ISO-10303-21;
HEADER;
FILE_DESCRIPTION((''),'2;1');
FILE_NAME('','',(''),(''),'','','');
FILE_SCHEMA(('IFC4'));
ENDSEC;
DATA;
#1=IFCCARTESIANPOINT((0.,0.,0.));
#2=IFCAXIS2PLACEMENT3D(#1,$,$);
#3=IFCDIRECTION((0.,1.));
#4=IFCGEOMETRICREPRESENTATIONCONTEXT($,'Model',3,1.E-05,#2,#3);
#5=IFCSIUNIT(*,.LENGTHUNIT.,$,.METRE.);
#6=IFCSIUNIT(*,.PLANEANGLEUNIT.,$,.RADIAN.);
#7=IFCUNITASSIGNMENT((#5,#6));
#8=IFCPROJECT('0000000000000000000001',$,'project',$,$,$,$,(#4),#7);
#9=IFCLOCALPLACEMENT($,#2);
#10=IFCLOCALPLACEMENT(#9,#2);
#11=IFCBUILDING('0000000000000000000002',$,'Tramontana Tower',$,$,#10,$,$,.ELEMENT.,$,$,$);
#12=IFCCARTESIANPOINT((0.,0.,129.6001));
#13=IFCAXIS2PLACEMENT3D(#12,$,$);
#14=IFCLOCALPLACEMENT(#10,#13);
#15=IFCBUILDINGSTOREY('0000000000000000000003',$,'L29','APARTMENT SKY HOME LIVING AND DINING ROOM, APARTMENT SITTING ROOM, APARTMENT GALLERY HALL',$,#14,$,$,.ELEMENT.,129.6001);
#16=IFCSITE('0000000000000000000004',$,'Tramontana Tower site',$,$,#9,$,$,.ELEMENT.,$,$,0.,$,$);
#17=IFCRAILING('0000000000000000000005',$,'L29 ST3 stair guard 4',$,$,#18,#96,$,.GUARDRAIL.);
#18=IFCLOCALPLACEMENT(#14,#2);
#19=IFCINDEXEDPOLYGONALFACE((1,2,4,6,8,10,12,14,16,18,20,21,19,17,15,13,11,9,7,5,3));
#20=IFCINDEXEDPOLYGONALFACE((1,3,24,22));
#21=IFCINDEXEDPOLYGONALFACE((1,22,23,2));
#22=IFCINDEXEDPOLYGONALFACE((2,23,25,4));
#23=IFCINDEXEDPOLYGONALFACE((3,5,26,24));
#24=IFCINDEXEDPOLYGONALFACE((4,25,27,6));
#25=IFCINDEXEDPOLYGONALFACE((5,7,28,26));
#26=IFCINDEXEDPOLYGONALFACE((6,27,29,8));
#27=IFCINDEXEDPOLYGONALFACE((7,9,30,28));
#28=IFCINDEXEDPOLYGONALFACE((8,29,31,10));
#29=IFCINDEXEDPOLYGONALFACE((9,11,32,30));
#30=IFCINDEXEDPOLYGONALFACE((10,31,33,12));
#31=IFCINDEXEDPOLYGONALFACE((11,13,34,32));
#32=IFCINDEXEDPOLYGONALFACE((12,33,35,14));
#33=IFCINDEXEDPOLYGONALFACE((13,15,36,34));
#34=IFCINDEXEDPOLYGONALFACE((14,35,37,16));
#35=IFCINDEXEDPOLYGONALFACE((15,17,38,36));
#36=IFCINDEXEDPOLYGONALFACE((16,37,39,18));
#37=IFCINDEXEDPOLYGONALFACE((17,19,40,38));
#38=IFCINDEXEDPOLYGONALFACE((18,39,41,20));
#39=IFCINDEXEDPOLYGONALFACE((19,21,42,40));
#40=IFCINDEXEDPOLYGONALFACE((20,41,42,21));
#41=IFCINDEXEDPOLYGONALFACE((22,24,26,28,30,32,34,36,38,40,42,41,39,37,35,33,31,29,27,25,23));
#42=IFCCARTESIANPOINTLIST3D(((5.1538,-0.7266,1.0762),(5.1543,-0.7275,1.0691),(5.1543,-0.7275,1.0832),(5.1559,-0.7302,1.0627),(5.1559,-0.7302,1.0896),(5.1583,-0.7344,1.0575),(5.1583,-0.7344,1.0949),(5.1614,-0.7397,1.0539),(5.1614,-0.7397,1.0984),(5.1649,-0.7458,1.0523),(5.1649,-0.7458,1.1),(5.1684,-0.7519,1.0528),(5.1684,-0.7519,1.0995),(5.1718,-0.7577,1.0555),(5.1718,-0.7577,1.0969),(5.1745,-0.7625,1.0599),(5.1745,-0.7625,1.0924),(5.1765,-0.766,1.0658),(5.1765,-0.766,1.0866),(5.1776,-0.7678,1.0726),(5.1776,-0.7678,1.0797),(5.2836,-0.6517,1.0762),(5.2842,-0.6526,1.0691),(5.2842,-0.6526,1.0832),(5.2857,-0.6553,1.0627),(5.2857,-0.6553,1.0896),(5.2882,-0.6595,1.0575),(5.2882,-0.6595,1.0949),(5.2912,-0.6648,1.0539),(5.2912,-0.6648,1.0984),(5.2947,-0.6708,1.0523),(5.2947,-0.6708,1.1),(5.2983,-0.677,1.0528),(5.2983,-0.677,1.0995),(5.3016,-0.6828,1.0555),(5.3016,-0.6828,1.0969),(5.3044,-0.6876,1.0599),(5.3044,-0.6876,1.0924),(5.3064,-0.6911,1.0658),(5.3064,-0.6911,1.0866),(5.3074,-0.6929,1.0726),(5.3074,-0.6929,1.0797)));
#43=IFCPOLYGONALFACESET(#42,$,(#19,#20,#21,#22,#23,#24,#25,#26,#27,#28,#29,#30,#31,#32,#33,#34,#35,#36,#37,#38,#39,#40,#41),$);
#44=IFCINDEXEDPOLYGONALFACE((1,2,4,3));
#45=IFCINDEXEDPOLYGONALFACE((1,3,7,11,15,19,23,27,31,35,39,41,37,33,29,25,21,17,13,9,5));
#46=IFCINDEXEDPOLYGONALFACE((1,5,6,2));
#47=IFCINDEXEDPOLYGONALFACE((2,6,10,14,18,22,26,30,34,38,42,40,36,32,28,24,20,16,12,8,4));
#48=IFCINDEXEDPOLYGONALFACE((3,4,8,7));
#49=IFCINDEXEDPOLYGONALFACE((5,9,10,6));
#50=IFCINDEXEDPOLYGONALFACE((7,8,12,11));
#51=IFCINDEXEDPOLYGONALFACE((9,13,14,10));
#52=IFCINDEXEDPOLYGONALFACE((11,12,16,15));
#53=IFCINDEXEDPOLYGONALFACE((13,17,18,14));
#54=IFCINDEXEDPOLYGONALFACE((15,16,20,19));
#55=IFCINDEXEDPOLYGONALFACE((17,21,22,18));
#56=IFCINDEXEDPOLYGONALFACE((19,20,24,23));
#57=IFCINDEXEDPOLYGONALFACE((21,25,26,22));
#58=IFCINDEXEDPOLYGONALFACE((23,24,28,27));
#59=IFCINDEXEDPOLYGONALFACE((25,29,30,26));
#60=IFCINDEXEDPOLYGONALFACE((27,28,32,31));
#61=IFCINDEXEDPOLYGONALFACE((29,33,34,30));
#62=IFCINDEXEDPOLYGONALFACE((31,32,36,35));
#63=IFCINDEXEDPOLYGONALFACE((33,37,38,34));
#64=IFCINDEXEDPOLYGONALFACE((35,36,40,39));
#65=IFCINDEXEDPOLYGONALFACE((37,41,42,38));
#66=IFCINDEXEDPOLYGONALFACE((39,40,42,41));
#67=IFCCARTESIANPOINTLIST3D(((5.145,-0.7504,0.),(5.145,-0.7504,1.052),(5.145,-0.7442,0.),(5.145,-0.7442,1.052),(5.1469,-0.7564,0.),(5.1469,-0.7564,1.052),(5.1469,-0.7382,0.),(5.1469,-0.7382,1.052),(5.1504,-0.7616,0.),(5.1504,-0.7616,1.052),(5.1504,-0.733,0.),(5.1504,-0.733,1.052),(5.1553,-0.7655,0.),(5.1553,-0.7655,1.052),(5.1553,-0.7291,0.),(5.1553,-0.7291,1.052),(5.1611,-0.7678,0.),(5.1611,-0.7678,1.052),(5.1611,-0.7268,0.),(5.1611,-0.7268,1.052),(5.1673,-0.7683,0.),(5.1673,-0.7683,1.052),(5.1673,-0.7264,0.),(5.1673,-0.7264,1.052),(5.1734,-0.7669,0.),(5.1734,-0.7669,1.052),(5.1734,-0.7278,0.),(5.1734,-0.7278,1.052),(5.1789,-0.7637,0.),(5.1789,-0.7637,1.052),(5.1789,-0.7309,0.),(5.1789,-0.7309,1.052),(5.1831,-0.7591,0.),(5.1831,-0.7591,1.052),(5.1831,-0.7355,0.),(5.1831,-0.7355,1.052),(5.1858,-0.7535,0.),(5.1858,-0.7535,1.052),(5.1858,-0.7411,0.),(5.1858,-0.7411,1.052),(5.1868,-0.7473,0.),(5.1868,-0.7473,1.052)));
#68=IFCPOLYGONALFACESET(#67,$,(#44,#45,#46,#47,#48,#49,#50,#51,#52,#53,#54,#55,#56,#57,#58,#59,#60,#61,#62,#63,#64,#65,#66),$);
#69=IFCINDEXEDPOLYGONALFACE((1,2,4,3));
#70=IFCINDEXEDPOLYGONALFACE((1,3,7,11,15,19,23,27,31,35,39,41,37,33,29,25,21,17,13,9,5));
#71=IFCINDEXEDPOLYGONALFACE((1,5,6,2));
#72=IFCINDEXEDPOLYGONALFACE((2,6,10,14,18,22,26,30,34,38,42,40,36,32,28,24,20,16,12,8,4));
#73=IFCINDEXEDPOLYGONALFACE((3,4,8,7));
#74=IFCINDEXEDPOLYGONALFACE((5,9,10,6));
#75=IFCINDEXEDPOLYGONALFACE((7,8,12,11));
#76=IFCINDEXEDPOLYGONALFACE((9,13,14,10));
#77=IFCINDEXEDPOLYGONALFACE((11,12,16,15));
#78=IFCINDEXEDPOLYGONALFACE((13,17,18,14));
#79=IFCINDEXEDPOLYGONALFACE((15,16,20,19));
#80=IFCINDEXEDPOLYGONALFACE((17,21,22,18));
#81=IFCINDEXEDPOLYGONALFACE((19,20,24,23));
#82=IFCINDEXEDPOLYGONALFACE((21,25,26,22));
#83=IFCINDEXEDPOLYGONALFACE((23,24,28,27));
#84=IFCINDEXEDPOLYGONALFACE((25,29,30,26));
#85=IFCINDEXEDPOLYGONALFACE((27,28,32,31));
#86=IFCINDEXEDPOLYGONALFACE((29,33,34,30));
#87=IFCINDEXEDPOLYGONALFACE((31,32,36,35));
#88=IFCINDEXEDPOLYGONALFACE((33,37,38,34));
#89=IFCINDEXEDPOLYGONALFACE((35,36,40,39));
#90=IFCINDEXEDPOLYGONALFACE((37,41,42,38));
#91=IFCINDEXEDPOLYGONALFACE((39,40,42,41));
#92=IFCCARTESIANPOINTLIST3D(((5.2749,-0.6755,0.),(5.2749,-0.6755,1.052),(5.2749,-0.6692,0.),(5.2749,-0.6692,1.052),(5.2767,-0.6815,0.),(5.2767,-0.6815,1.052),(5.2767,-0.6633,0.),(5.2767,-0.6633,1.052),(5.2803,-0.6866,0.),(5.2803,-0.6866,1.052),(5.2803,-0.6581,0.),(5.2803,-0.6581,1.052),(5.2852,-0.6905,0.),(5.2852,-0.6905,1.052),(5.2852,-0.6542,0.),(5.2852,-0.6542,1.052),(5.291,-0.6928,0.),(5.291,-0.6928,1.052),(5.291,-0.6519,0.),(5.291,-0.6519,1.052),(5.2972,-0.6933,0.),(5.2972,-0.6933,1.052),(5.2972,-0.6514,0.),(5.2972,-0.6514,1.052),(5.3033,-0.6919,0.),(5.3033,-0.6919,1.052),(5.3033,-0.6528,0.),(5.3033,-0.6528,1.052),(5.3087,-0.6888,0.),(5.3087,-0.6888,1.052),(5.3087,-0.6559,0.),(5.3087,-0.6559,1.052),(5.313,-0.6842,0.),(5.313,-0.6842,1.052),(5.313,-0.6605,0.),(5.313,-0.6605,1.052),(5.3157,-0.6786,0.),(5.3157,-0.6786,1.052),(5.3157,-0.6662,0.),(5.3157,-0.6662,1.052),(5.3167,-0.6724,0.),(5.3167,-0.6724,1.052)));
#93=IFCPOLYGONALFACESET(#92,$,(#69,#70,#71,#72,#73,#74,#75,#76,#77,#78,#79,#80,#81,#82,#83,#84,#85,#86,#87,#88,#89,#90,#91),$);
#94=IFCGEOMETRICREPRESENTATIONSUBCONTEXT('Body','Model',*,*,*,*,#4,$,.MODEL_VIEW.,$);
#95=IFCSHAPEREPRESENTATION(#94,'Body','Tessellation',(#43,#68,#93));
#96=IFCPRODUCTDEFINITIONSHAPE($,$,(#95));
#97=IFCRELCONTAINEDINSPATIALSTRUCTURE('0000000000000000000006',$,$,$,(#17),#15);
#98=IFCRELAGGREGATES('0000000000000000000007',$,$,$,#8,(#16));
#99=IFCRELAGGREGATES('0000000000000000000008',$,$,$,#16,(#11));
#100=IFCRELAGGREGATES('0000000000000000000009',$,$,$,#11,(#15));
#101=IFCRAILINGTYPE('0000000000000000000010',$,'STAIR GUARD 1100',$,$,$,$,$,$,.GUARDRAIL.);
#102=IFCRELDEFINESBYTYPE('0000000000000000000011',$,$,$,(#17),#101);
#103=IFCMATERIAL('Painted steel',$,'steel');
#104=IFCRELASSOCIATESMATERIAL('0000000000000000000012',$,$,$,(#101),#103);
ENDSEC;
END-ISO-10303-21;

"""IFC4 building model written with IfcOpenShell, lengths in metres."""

from ifc_helpers import new_model, si_unit, direction, frame, origin, origin_2d, place, context, subcontext, project, spatial, circle, extrude, material, type_object, element, save


model = new_model("IFC4")

# Units and contexts
model_context = context("Model", 3, precision=1e-05, world=origin(), true_north=direction((0.0, 1.0)))
body_context = subcontext(model_context, "Body", "Model", "MODEL_VIEW")
ifc_project = project(units=[si_unit("LENGTHUNIT", "METRE"), si_unit("PLANEANGLEUNIT", "RADIAN")], contexts=[model_context])

# Site, building, storey
site_placement = place(None, origin())
site = spatial("IfcSite", under=ifc_project, at=site_placement, Name="Tramontana Tower site", CompositionType="ELEMENT", RefElevation=0.0)
building_placement = place(site_placement, origin())
building = spatial("IfcBuilding", under=site, at=building_placement, Name="Tramontana Tower", CompositionType="ELEMENT")
storey_placement = place(building_placement, frame((0.0, 0.0, 129.6001)))
storey = spatial("IfcBuildingStorey", under=building, at=storey_placement, Name="L29", Description="APARTMENT SKY HOME LIVING AND DINING ROOM, APARTMENT SITTING ROOM, APARTMENT GALLERY HALL", CompositionType="ELEMENT", Elevation=129.6001)

# Railing
ifc_material_1 = material(Name="Painted steel", Category="steel")
railing_type = type_object("IfcRailingType", Name="STAIR GUARD 1100", PredefinedType="GUARDRAIL", material=ifc_material_1)
railing_1_placement = place(storey_placement, frame((5.1658, -0.7473, 0.0)))
element("IfcRailing", 1, at=railing_1_placement, inside=storey, type_object=railing_type, Name="L29 ST3 stair guard 4", PredefinedType="GUARDRAIL", context=body_context, shape_type="SweptSolid", body=[
    extrude(circle(Radius=0.0239, at=origin_2d()), frame((0.0, 0.0, 1.0762), z_axis=(0.866131, 0.499816, 0.0), x_axis=(-0.499816, 0.866131, 0.0)), (0.0, 0.0, 1.0), 0.1499),
    extrude(circle(Radius=0.021, at=origin_2d()), origin(), (0.0, 0.0, 1.0), 1.052),
    extrude(circle(Radius=0.021, at=origin_2d()), frame((0.1299, 0.075, 0.0)), (0.0, 0.0, 1.0), 1.052),
])

save(model, "model.ifc")
